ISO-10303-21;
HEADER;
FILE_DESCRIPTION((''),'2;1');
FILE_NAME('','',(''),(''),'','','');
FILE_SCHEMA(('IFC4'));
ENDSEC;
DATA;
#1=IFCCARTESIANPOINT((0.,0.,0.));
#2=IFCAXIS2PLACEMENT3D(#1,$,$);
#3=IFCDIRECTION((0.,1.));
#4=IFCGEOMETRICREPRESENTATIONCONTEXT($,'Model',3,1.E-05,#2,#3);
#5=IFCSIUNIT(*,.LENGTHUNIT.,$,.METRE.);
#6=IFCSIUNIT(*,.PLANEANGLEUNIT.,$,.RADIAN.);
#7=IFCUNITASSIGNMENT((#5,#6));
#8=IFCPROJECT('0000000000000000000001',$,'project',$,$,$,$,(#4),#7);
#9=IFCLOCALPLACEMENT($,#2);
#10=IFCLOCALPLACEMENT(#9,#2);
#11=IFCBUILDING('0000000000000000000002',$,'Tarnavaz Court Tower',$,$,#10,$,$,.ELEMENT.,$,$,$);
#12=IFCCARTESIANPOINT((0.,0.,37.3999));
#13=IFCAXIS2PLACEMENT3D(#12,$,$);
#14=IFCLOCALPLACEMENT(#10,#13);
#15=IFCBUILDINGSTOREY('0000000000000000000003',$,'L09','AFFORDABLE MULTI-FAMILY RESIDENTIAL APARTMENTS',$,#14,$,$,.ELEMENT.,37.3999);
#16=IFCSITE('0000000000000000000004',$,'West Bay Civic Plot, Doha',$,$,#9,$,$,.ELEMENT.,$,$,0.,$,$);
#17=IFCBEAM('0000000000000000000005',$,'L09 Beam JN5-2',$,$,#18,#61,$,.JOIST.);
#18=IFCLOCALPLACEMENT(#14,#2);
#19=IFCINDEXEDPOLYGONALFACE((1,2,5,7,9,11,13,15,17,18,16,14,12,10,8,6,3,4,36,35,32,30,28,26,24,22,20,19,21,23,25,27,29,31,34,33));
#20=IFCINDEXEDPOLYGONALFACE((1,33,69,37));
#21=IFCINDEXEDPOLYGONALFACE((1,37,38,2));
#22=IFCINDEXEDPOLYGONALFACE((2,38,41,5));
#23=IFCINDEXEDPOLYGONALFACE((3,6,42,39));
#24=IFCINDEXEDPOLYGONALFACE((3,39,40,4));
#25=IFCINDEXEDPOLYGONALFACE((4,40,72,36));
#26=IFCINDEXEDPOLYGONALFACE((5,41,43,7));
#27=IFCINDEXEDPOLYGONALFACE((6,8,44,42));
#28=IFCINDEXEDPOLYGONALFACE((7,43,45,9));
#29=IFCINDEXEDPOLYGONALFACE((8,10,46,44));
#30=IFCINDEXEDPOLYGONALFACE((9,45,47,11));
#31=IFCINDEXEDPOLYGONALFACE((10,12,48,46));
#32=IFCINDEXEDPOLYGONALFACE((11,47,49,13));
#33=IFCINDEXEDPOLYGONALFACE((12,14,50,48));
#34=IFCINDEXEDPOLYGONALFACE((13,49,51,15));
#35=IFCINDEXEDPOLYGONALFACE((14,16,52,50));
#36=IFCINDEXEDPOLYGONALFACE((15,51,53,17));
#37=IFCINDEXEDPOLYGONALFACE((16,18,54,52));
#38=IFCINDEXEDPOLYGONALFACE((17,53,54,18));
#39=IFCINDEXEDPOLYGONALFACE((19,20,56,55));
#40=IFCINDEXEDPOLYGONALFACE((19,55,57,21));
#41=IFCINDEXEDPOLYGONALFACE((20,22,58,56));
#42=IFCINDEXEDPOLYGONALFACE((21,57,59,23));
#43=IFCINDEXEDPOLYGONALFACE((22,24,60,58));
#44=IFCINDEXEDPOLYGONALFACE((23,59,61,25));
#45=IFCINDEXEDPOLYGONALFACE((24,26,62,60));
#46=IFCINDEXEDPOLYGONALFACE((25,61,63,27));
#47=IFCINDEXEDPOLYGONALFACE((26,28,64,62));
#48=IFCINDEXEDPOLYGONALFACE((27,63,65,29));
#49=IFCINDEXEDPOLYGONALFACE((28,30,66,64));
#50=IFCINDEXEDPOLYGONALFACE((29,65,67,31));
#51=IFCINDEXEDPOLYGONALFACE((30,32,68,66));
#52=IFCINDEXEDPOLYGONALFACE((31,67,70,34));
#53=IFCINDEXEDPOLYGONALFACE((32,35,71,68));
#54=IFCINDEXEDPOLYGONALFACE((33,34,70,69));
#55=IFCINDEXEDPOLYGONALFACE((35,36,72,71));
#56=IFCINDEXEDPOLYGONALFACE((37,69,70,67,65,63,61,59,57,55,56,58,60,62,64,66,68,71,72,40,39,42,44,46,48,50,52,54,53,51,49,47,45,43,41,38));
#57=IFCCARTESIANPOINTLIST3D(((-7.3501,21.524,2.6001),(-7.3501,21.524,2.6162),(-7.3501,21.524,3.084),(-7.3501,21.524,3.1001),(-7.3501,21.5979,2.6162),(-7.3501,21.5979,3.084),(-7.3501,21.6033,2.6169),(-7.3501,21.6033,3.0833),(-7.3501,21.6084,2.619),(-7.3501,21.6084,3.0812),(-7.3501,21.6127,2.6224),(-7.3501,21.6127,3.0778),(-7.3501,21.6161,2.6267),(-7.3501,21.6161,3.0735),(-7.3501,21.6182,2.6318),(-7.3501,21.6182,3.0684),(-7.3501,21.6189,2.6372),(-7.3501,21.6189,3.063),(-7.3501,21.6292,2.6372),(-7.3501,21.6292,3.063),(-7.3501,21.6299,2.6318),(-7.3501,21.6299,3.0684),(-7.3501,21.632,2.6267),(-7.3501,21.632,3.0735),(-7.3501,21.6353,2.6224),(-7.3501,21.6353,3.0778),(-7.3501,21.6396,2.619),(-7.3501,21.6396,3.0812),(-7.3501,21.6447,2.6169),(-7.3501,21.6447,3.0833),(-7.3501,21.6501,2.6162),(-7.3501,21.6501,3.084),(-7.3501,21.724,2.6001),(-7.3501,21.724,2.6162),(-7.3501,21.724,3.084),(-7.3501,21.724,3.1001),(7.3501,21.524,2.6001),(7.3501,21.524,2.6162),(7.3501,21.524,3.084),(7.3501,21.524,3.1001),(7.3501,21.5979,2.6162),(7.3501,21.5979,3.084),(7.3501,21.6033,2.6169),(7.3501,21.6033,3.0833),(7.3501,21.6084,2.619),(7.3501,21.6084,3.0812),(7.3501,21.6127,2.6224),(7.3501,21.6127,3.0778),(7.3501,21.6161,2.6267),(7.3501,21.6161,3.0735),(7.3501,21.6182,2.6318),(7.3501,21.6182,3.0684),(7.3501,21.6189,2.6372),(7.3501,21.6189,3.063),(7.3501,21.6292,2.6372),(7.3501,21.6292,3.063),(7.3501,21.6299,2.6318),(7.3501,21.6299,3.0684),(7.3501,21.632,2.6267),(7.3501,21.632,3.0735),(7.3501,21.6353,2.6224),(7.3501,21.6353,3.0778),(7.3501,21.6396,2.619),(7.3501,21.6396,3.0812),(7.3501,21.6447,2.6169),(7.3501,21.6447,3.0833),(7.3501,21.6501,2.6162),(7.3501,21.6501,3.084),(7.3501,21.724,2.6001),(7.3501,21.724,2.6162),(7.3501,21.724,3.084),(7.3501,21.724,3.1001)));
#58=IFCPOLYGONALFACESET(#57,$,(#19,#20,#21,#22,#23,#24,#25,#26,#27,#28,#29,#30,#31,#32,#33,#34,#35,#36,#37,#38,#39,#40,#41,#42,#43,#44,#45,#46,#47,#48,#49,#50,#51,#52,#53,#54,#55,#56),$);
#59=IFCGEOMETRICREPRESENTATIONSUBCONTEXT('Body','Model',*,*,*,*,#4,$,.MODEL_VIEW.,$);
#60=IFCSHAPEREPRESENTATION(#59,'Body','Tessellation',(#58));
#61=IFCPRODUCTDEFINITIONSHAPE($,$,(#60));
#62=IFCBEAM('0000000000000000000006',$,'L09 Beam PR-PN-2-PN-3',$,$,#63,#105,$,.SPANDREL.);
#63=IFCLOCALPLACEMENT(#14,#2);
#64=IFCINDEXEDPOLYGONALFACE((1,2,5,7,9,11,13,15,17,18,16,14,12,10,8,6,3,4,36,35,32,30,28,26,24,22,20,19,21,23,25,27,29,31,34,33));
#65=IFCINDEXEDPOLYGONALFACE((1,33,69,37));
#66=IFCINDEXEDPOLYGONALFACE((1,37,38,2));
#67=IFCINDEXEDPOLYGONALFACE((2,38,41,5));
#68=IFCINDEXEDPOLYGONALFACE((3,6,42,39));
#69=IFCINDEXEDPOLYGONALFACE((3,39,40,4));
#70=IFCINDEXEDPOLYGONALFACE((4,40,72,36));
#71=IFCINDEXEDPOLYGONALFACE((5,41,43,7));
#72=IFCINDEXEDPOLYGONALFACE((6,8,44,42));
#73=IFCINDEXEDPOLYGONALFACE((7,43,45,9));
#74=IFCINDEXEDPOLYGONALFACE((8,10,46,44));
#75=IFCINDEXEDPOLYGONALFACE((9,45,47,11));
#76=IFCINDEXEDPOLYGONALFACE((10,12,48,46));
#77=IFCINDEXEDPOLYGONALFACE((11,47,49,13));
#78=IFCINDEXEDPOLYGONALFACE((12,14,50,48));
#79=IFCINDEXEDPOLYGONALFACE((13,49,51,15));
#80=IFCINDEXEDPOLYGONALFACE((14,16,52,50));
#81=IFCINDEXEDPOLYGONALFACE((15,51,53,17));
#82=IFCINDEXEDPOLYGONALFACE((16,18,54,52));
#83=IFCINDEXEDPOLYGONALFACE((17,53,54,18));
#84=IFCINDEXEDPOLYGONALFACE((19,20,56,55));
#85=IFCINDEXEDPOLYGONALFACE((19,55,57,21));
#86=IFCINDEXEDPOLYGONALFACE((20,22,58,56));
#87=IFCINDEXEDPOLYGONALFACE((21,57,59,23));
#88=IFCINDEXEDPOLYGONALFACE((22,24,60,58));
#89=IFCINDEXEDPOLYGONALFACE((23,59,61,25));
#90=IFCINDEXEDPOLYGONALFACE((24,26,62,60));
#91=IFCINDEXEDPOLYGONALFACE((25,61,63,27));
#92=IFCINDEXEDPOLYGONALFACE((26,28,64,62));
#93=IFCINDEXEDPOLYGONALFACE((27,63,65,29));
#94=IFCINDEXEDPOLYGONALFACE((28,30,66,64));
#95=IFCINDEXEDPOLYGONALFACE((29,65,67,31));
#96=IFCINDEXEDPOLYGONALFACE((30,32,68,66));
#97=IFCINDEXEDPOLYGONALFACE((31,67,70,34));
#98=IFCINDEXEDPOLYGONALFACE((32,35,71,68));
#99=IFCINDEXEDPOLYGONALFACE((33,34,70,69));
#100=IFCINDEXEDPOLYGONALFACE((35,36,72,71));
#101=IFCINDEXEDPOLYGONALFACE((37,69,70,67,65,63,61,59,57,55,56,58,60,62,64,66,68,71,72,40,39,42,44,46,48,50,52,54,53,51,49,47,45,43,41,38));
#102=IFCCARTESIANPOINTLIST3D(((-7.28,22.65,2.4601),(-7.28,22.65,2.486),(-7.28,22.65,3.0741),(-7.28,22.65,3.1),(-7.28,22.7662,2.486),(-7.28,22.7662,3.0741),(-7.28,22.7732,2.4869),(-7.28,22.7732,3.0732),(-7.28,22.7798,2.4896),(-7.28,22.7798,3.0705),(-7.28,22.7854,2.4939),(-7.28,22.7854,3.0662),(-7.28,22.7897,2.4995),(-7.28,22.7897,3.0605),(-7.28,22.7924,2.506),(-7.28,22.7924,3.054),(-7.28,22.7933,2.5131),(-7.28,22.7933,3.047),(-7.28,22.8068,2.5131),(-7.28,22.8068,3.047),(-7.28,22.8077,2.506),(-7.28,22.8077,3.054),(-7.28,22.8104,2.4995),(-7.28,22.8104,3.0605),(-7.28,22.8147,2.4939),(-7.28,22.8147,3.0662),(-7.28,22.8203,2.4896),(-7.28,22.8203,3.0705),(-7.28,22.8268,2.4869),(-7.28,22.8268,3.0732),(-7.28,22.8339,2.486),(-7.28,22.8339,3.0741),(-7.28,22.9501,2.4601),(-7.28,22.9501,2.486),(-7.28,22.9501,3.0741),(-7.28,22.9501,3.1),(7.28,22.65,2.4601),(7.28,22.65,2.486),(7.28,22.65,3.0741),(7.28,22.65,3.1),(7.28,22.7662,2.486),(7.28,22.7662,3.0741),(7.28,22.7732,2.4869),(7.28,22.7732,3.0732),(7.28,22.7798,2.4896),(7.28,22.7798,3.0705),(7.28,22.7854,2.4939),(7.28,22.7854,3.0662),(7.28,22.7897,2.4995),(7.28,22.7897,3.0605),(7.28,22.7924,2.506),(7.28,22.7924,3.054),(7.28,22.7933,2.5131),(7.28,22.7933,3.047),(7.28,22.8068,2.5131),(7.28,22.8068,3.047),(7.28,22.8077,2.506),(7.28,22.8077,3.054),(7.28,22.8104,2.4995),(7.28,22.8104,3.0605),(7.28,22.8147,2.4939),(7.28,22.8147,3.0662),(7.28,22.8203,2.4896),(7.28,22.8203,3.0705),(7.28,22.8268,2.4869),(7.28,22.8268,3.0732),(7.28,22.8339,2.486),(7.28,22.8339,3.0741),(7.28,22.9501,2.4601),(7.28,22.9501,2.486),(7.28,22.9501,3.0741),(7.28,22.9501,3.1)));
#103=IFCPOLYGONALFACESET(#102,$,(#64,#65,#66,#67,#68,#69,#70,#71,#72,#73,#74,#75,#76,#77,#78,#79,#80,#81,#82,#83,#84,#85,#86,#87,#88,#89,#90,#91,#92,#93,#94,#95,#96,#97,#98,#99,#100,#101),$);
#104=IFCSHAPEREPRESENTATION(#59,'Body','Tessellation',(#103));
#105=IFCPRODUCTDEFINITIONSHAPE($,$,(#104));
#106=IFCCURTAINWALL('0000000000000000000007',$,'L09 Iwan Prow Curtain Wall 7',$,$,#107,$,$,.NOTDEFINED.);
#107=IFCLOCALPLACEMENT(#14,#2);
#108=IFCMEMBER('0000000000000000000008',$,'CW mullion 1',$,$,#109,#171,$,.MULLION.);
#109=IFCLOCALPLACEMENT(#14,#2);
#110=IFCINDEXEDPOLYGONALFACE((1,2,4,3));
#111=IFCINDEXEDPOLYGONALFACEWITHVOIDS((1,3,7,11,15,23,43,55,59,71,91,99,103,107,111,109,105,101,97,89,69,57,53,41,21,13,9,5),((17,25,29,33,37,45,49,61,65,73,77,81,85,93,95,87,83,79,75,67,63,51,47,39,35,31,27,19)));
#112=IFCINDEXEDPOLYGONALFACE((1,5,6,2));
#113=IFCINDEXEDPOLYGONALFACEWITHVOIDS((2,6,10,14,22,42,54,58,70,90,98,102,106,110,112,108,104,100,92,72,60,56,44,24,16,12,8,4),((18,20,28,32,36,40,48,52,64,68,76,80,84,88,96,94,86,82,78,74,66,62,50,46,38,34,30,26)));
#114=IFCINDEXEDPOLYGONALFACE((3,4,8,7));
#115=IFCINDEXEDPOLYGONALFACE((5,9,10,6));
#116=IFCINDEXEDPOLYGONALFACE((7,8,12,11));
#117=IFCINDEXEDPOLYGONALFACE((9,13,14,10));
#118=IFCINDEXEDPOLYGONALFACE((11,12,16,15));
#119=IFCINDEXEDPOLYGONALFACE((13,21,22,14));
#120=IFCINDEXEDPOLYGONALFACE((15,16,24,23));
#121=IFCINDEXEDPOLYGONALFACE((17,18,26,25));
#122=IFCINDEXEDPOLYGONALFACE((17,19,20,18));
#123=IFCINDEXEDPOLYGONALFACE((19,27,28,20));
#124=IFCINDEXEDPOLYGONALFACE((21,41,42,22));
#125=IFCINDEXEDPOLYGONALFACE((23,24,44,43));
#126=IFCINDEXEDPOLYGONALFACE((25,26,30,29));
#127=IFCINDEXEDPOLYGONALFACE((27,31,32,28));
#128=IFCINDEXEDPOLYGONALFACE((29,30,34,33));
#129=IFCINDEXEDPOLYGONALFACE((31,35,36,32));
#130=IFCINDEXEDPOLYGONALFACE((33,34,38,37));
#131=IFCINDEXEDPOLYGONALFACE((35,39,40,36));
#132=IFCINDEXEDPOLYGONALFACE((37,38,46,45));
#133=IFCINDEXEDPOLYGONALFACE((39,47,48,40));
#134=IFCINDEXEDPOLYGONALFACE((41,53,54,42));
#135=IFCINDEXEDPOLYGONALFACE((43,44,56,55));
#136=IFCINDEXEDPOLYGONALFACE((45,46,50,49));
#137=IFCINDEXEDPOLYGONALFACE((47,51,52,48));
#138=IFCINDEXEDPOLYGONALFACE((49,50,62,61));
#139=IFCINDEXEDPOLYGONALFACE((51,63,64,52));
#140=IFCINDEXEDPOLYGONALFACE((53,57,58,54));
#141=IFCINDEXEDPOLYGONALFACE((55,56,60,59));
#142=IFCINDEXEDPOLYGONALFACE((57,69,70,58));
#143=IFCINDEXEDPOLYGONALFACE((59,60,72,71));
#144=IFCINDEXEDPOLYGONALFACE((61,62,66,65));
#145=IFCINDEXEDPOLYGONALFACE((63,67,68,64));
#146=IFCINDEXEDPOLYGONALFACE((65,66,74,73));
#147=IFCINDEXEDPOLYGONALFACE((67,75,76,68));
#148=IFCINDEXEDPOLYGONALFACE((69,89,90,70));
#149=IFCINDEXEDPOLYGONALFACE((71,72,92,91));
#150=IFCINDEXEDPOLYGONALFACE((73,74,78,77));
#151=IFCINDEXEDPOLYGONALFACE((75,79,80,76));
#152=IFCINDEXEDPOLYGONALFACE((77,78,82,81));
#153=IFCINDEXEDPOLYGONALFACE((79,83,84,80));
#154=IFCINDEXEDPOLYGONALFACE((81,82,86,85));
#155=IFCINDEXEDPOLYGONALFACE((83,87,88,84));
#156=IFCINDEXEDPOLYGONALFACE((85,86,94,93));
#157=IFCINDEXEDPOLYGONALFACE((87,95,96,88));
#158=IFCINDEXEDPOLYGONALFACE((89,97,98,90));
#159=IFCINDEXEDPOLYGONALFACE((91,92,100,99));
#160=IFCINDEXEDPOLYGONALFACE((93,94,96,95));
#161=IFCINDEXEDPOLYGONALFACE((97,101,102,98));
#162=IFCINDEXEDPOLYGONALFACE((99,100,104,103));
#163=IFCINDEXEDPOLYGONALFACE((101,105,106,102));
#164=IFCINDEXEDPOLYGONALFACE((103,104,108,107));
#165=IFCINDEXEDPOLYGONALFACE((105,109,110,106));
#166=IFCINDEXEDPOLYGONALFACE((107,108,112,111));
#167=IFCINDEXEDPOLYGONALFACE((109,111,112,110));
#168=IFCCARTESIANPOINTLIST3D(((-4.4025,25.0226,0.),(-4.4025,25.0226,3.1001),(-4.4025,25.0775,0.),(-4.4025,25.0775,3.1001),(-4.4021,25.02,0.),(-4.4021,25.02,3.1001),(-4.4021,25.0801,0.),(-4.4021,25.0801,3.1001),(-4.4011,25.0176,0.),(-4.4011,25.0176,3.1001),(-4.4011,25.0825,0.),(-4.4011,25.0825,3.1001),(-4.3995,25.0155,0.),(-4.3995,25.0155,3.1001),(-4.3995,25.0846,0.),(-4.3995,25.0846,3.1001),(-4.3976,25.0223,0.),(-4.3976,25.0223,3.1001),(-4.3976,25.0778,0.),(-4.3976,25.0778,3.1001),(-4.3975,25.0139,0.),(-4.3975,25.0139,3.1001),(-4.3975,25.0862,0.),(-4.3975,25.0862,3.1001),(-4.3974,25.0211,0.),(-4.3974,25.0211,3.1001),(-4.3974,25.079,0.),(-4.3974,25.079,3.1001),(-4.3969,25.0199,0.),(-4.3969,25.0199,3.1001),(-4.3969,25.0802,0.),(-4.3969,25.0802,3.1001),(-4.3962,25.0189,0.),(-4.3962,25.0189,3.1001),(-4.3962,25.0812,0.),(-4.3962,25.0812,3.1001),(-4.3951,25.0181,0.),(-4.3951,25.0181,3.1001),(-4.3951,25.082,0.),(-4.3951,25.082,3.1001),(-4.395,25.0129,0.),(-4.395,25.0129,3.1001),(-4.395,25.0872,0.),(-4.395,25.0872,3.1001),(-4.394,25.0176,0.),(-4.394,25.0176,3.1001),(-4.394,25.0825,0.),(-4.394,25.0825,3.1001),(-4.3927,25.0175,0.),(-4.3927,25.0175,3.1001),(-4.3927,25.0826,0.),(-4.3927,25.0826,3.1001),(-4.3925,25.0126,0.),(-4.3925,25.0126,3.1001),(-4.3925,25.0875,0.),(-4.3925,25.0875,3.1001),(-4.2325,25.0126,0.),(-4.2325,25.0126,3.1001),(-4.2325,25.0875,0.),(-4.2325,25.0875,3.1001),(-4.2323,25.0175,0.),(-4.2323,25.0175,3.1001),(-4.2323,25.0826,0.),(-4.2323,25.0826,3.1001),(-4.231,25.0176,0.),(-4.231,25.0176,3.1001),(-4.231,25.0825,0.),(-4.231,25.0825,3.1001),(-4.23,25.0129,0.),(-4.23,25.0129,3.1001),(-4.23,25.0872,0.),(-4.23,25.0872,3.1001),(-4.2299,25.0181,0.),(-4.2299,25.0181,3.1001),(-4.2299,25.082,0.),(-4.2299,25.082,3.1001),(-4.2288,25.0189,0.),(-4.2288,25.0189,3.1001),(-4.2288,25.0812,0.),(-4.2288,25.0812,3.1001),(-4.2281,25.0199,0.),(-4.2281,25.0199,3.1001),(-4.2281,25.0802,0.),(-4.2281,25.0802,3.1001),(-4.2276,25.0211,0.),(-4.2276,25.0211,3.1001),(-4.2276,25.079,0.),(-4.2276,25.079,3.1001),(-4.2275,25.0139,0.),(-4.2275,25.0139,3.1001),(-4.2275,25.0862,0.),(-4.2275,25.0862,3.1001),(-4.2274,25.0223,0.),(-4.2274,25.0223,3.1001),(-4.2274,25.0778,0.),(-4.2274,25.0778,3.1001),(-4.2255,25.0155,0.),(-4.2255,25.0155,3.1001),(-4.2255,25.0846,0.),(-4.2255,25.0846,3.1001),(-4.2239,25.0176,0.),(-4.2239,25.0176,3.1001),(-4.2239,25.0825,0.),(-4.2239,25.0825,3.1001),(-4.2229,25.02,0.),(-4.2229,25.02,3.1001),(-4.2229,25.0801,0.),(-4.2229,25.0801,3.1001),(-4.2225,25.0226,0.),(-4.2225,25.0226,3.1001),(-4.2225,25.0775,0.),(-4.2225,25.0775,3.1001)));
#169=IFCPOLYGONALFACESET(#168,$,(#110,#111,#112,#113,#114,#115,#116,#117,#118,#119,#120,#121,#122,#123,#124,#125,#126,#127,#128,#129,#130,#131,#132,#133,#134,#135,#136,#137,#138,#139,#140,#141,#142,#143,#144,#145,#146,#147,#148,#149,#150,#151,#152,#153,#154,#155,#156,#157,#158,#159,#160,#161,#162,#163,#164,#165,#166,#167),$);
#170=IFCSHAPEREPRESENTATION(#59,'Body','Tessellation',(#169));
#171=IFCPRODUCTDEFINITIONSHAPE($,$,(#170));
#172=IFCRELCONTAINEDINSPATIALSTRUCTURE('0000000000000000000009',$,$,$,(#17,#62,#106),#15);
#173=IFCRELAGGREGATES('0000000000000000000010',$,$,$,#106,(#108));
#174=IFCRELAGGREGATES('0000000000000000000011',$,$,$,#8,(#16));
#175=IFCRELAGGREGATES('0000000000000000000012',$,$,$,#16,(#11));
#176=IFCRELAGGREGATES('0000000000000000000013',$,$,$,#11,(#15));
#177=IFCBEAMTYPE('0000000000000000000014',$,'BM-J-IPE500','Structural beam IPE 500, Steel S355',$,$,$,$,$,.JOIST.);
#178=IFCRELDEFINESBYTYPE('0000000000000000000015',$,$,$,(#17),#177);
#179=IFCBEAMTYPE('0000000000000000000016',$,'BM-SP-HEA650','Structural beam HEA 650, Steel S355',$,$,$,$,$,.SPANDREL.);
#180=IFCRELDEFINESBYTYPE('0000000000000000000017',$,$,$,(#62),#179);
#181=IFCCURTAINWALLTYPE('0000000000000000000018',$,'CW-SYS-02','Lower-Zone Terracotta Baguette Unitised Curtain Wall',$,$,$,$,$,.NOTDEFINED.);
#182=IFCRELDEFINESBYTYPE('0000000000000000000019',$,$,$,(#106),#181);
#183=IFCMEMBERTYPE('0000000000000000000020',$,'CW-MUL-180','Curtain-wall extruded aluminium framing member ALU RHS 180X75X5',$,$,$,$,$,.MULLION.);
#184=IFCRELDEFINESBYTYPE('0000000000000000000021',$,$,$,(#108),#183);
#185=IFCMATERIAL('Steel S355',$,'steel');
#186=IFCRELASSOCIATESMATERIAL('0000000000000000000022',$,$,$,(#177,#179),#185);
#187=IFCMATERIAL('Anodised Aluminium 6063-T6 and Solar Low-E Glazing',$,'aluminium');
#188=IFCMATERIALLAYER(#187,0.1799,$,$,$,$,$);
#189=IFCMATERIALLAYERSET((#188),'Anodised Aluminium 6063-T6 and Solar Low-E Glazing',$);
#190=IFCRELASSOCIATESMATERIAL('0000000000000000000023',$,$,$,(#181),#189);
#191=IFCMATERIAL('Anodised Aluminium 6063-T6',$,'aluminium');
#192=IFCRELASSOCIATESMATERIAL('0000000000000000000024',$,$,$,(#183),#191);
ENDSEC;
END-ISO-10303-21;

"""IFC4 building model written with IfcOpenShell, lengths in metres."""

from ifc_helpers import new_model, si_unit, direction, frame, origin, origin_2d, place, context, subcontext, project, spatial, hollow_rectangle, i_section, extrude, material, layer, layer_set, material_profile, profile_set, type_object, element, aggregate, save


model = new_model("IFC4")

# Units and contexts
model_context = context("Model", 3, precision=1e-05, world=origin(), true_north=direction((0.0, 1.0)))
body_context = subcontext(model_context, "Body", "Model", "MODEL_VIEW")
ifc_project = project(units=[si_unit("LENGTHUNIT", "METRE"), si_unit("PLANEANGLEUNIT", "RADIAN")], contexts=[model_context])

# Site, building, storey
site_placement = place(None, origin())
site = spatial("IfcSite", under=ifc_project, at=site_placement, Name="West Bay Civic Plot, Doha", CompositionType="ELEMENT", RefElevation=0.0)
building_placement = place(site_placement, origin())
building = spatial("IfcBuilding", under=site, at=building_placement, Name="Tarnavaz Court Tower", CompositionType="ELEMENT")
storey_placement = place(building_placement, frame((0.0, 0.0, 37.3999)))
storey = spatial("IfcBuildingStorey", under=building, at=storey_placement, Name="L09", Description="AFFORDABLE MULTI-FAMILY RESIDENTIAL APARTMENTS", CompositionType="ELEMENT", Elevation=37.3999)

# Beams
ifc_material_1 = material(Name="Steel S355", Category="steel")
ifc_material_profile_1 = material_profile(ifc_material_1, i_section(OverallWidth=0.2, OverallDepth=0.5, WebThickness=0.0103, FlangeThickness=0.0161, FilletRadius=0.021, at=origin_2d()), Name="IPE 500")
ifc_profile_set_1 = profile_set([ifc_material_profile_1], Name="Steel S355")
beam_type_1 = type_object("IfcBeamType", Name="BM-J-IPE500", Description="Structural beam IPE 500, Steel S355", PredefinedType="JOIST", material=ifc_profile_set_1)
for number, where, z_axis, x_axis, name in (
    (1, (-7.3501, 21.624, 2.8501), (1.0, 0.0, 0.0), (0.0, 1.0, 0.0), "L09 Beam JN5-2"),
):
    element("IfcBeam", number, at=place(storey_placement, frame(where, z_axis=z_axis, x_axis=x_axis)), inside=storey, type_object=beam_type_1, Name=name, PredefinedType="JOIST", context=body_context, shape_type="SweptSolid", body=[
        extrude(i_section(OverallWidth=0.2, OverallDepth=0.5, WebThickness=0.0103, FlangeThickness=0.0161, FilletRadius=0.021, at=origin_2d()), origin(), (0.0, 0.0, 1.0), 14.7002),
    ])
ifc_material_profile_2 = material_profile(ifc_material_1, i_section(OverallWidth=0.3, OverallDepth=0.6399, WebThickness=0.0134, FlangeThickness=0.0259, FilletRadius=0.0271, at=origin_2d()), Name="HEA 650")
ifc_profile_set_2 = profile_set([ifc_material_profile_2], Name="Steel S355")
beam_type_2 = type_object("IfcBeamType", Name="BM-SP-HEA650", Description="Structural beam HEA 650, Steel S355", PredefinedType="SPANDREL", material=ifc_profile_set_2)
beam_placement = place(storey_placement, frame((-7.28, 22.8, 2.78), z_axis=(1.0, 0.0, 0.0), x_axis=(0.0, 1.0, 0.0)))
element("IfcBeam", 2, at=beam_placement, inside=storey, type_object=beam_type_2, Name="L09 Beam PR-PN-2-PN-3", PredefinedType="SPANDREL", context=body_context, shape_type="SweptSolid", body=[
    extrude(i_section(OverallWidth=0.3, OverallDepth=0.6399, WebThickness=0.0134, FlangeThickness=0.0259, FilletRadius=0.0271, at=origin_2d()), origin(), (0.0, 0.0, 1.0), 14.5601),
])

# Curtain wall, member
ifc_material_2 = material(Name="Anodised Aluminium 6063-T6 and Solar Low-E Glazing", Category="aluminium")
ifc_layer_1 = layer(ifc_material_2, 0.1799)
ifc_layer_set_1 = layer_set([ifc_layer_1], Name="Anodised Aluminium 6063-T6 and Solar Low-E Glazing")
curtain_wall_type = type_object("IfcCurtainWallType", Name="CW-SYS-02", Description="Lower-Zone Terracotta Baguette Unitised Curtain Wall", PredefinedType="NOTDEFINED", material=ifc_layer_set_1)
curtain_wall_placement = place(storey_placement, origin())
curtain_wall = element("IfcCurtainWall", 3, at=curtain_wall_placement, inside=storey, type_object=curtain_wall_type, Name="L09 Iwan Prow Curtain Wall 7", PredefinedType="NOTDEFINED")
ifc_material_3 = material(Name="Anodised Aluminium 6063-T6", Category="aluminium")
ifc_material_profile_3 = material_profile(ifc_material_3, hollow_rectangle(XDim=0.075, YDim=0.1799, WallThickness=0.0049, InnerFilletRadius=0.0049, OuterFilletRadius=0.01, at=origin_2d()), Name="ALU RHS 180X75X5")
ifc_profile_set_3 = profile_set([ifc_material_profile_3], Name="Anodised Aluminium 6063-T6")
member_type_1 = type_object("IfcMemberType", Name="CW-MUL-180", Description="Curtain-wall extruded aluminium framing member ALU RHS 180X75X5", PredefinedType="MULLION", material=ifc_profile_set_3)
member_1_placement = place(storey_placement, frame((-4.3125, 25.05, 0.0), z_axis=(0.0, 0.0, 1.0), x_axis=(0.0, 1.0, 0.0)))
member_1 = element("IfcMember", 4, at=member_1_placement, type_object=member_type_1, Name="CW mullion 1", PredefinedType="MULLION", context=body_context, shape_type="SweptSolid", body=[
    extrude(hollow_rectangle(XDim=0.075, YDim=0.1799, WallThickness=0.0049, InnerFilletRadius=0.0049, OuterFilletRadius=0.01, at=origin_2d()), origin(), (0.0, 0.0, 1.0), 3.1001),
])
aggregate(curtain_wall, [member_1])

save(model, "model.ifc")
